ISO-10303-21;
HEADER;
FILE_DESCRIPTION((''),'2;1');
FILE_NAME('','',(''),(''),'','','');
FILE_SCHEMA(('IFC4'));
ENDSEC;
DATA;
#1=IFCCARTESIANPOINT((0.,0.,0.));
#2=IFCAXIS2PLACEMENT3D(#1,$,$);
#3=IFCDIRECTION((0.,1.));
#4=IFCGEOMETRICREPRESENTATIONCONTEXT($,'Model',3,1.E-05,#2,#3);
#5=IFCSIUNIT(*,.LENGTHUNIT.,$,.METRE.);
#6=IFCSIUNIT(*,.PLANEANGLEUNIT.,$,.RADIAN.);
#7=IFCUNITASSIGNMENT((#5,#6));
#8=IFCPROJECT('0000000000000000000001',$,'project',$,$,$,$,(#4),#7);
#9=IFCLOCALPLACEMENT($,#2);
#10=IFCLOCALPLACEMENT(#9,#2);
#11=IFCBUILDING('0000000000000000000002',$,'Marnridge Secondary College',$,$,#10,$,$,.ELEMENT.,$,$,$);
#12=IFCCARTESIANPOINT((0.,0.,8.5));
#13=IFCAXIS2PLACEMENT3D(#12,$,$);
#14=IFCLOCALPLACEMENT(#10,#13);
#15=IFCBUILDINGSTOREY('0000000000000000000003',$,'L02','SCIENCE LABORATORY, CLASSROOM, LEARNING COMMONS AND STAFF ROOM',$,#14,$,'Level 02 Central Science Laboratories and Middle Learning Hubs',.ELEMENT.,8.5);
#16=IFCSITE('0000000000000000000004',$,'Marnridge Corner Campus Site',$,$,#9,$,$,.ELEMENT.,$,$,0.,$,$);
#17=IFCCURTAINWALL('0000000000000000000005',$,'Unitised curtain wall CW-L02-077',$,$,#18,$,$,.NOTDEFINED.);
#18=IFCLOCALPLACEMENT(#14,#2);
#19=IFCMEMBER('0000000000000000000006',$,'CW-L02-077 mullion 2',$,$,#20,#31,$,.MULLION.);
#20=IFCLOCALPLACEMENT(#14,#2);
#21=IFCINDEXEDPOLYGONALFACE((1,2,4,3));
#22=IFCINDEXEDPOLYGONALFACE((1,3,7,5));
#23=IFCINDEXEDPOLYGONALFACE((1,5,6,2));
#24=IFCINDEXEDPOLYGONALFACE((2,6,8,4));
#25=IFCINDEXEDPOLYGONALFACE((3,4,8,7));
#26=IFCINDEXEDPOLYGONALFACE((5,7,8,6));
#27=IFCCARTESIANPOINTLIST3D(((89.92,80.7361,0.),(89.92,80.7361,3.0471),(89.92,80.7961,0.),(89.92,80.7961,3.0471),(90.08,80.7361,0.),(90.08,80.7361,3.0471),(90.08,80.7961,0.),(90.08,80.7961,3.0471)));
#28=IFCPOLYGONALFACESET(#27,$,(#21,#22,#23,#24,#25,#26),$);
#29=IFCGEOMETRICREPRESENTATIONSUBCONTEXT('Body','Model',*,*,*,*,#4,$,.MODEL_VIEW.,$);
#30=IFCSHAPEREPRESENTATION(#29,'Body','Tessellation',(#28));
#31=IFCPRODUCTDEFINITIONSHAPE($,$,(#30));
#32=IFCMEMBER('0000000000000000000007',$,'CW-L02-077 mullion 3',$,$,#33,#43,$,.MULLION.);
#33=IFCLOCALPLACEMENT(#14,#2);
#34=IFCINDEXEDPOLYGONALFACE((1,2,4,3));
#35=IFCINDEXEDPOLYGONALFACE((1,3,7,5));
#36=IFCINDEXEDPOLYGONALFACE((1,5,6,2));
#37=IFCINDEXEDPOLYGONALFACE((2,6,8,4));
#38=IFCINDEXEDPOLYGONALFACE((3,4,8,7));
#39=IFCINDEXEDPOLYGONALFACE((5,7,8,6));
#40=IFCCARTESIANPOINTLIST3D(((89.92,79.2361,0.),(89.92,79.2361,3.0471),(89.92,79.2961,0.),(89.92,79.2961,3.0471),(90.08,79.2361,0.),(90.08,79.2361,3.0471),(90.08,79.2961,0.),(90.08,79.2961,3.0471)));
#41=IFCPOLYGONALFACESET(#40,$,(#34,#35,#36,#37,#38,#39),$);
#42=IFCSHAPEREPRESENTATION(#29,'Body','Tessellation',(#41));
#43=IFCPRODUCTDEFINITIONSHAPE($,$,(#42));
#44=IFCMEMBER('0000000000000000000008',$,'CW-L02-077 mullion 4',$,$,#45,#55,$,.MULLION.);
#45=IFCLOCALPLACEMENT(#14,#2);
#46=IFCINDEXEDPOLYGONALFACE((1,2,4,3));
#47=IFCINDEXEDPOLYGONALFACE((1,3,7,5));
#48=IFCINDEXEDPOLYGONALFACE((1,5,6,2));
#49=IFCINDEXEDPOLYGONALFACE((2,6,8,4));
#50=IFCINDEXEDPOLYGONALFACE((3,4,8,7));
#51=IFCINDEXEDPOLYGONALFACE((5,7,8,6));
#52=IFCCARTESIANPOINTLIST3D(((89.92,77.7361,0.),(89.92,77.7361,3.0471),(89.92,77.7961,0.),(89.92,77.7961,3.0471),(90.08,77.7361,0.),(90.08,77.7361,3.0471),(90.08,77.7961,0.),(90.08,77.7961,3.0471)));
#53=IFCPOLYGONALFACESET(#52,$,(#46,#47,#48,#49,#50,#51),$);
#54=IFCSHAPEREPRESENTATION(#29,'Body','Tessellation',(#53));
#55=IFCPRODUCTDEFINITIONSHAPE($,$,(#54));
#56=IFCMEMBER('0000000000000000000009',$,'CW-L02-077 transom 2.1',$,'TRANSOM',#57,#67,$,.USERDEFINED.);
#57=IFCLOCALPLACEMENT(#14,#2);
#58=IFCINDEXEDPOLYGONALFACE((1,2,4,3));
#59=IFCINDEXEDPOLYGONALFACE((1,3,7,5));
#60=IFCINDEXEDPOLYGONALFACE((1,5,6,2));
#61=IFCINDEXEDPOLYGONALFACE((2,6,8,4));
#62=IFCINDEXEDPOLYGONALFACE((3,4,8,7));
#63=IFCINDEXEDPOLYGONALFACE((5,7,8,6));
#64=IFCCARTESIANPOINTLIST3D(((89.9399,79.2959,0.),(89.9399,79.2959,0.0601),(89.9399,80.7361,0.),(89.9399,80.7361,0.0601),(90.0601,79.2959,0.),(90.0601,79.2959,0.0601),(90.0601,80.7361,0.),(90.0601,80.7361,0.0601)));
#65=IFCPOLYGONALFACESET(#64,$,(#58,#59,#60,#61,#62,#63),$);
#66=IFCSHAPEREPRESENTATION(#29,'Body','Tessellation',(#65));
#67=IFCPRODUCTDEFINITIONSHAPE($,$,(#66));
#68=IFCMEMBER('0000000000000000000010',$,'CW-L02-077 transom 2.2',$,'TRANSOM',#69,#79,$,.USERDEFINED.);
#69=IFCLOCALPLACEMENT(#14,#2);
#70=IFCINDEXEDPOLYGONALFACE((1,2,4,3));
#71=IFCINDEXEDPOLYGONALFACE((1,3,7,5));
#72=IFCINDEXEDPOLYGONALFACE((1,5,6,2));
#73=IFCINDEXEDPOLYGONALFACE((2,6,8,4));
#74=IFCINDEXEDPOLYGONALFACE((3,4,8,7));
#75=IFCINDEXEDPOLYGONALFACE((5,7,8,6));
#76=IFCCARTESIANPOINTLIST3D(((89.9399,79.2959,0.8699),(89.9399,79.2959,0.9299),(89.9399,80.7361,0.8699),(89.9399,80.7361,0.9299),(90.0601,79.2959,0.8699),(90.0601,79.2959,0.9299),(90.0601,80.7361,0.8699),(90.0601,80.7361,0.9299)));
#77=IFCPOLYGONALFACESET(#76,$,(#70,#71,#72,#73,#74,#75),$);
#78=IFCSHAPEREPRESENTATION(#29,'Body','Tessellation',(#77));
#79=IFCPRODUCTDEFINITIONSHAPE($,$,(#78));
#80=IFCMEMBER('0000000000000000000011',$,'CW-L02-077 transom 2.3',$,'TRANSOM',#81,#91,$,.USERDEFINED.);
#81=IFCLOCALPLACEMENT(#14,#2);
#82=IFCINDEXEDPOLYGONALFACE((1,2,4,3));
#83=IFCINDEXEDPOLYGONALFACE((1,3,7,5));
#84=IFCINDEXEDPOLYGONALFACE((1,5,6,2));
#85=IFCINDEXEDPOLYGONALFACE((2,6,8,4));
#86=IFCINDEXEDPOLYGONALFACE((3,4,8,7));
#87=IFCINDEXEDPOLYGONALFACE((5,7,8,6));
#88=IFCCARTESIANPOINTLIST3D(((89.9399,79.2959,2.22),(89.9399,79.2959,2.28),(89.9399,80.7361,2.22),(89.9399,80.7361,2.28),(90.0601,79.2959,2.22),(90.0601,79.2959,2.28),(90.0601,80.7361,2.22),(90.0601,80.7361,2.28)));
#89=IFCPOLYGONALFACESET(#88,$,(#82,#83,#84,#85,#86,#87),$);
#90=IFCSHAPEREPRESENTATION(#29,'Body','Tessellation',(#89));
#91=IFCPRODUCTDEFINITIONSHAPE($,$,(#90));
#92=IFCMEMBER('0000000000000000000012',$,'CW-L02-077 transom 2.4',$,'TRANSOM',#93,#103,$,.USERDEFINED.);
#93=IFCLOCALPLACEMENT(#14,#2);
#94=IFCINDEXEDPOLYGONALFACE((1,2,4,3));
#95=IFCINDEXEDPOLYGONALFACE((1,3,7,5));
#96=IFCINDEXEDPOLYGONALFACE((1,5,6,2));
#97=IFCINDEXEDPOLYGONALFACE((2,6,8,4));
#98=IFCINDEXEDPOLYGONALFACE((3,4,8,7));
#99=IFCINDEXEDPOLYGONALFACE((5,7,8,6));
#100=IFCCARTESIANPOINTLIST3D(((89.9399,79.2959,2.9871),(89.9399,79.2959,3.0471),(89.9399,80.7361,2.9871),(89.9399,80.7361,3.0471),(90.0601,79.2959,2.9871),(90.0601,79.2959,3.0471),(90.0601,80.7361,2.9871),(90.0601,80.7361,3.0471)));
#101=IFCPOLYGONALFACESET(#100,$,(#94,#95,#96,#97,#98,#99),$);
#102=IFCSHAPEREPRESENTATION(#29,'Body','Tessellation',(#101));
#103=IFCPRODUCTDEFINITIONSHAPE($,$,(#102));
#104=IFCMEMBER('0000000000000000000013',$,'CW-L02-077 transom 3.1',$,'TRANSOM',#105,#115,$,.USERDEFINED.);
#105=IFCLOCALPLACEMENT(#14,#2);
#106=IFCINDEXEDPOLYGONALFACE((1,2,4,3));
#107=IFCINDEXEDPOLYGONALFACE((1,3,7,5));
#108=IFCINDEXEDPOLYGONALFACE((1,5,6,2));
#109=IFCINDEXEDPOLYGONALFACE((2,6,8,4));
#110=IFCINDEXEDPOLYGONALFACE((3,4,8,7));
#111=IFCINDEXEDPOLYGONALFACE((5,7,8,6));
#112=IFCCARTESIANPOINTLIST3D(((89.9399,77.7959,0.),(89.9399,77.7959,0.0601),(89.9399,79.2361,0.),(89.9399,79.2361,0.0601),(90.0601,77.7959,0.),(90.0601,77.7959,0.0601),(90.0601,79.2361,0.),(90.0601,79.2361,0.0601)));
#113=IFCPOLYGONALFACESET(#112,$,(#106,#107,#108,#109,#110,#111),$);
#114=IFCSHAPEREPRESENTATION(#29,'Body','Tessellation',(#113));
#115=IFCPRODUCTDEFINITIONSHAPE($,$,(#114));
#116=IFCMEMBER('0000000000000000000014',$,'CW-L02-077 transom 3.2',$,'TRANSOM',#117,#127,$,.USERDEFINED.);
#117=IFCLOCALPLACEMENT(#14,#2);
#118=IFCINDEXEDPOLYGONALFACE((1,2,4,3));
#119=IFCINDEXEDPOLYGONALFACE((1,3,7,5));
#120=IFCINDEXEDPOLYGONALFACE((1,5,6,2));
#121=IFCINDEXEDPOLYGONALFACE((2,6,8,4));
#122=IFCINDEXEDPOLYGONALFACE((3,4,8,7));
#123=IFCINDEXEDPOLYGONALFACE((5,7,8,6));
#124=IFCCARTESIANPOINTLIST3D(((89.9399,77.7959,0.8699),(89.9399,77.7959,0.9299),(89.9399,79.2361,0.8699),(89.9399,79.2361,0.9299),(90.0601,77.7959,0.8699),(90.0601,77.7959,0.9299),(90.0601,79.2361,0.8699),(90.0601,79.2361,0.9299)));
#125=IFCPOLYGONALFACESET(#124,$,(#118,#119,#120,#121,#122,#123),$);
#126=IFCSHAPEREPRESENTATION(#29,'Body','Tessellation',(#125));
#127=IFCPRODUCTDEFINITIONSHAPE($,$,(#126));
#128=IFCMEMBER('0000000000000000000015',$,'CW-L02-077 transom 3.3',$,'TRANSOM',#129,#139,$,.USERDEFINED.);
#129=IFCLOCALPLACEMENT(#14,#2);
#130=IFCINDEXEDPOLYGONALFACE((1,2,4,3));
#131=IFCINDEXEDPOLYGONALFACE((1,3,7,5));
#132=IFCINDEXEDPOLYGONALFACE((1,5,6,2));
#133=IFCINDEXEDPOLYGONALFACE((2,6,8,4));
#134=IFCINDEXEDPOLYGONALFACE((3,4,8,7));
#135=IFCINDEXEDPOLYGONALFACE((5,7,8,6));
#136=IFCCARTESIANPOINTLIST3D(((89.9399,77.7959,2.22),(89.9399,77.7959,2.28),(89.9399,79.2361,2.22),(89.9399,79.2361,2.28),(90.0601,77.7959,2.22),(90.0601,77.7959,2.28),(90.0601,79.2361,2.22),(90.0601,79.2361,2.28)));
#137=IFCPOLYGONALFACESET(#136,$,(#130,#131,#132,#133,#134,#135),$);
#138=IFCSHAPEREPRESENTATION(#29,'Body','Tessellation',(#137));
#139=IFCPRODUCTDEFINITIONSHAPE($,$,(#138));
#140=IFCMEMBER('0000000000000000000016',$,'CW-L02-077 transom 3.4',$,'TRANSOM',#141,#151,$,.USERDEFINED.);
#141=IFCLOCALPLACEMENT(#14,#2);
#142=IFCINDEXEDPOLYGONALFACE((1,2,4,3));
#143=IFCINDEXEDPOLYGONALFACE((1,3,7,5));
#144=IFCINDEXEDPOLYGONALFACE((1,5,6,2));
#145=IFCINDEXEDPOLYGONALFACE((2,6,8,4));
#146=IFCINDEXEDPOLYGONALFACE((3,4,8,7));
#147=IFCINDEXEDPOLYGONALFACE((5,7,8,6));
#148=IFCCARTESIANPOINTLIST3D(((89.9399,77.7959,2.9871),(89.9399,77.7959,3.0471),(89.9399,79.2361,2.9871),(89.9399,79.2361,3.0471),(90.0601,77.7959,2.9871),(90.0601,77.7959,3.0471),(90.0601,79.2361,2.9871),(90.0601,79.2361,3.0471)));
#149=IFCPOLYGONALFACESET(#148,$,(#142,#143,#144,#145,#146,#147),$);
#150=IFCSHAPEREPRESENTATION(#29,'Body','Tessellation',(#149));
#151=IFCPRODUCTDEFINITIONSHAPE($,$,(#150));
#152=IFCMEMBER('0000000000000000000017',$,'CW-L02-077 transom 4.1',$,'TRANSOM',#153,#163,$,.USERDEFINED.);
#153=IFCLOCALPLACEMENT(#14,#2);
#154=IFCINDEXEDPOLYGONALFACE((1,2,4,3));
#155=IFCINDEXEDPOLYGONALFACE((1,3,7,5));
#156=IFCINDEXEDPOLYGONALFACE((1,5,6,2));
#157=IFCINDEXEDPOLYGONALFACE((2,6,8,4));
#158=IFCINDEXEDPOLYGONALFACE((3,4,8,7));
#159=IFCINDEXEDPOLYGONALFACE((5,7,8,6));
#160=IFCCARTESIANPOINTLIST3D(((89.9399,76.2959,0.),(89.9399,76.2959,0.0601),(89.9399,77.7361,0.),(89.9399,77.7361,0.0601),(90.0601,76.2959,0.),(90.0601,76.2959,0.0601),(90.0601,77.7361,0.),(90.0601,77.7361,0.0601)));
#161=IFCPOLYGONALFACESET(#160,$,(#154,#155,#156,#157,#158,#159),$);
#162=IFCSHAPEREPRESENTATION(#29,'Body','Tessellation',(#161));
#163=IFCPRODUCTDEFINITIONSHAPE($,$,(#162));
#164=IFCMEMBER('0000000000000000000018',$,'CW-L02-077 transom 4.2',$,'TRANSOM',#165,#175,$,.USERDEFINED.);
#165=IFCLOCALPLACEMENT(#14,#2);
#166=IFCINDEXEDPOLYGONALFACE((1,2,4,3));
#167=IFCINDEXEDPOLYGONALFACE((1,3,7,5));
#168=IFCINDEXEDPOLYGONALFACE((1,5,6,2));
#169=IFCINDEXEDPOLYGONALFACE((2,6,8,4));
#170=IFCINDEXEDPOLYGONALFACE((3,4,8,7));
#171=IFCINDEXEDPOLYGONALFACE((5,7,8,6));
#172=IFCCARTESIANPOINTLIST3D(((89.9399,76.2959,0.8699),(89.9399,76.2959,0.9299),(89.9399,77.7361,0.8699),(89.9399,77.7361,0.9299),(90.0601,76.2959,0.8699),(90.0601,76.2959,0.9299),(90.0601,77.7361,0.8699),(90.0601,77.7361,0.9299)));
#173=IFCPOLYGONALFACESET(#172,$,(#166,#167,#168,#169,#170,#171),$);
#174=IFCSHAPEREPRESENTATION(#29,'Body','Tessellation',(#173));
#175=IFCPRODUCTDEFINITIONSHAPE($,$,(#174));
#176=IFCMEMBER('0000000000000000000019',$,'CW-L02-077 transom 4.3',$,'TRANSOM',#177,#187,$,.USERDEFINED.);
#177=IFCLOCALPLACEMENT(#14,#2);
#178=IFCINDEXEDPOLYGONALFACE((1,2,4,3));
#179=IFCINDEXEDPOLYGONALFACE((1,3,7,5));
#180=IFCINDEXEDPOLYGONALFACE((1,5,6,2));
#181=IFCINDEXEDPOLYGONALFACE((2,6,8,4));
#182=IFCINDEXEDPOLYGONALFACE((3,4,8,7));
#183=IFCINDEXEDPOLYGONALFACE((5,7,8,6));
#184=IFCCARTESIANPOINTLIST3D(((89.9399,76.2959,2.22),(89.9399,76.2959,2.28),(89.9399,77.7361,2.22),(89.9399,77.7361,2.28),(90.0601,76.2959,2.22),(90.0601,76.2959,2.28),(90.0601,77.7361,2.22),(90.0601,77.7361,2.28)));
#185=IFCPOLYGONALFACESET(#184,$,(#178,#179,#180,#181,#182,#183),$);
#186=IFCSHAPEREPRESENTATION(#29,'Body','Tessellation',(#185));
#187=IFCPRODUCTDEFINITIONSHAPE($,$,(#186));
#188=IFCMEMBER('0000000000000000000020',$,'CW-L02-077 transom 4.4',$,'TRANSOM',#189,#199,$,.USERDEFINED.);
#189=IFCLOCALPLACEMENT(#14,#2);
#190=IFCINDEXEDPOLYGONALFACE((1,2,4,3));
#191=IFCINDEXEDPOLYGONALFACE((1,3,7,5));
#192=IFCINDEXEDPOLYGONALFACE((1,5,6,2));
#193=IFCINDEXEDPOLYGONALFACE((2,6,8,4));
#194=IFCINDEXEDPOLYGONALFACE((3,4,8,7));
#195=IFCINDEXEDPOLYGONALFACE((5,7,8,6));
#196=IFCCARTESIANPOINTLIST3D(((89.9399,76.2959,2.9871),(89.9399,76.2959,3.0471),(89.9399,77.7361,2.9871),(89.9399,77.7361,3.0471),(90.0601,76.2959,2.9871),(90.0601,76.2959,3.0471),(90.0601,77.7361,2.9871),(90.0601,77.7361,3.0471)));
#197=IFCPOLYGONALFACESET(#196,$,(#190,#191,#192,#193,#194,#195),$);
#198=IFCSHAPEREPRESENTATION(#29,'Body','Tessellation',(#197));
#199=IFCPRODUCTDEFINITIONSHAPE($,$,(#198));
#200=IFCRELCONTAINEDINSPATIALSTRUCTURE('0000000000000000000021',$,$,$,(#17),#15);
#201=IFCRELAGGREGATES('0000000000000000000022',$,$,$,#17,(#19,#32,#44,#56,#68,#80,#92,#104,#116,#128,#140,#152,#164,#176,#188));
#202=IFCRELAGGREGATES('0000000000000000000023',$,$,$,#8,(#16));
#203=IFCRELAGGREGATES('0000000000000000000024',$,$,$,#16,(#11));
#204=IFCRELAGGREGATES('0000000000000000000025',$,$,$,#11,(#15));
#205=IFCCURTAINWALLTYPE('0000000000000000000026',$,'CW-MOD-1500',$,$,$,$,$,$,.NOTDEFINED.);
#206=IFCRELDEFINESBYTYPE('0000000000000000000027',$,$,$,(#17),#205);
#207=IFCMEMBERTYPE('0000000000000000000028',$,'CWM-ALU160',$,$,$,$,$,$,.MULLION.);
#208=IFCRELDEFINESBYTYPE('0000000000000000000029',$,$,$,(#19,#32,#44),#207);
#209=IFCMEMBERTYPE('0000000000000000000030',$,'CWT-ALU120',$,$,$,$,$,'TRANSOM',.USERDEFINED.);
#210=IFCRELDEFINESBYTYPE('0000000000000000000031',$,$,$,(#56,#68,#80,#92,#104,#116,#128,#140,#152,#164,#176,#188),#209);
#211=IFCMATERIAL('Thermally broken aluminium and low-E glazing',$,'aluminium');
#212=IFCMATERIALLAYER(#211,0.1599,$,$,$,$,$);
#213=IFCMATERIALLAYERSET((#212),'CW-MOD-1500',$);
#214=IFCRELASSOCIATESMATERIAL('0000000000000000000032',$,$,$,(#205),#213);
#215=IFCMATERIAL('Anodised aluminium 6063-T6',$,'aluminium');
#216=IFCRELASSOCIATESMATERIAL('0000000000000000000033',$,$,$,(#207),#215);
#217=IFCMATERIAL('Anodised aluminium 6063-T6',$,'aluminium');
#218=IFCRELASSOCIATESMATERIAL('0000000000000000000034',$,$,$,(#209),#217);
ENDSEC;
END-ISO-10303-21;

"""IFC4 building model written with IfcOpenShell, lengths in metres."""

from ifc_helpers import new_model, si_unit, direction, frame, origin, origin_2d, place, context, subcontext, project, spatial, rectangle, extrude, material, layer, layer_set, material_profile, profile_set, type_object, element, aggregate, save


model = new_model("IFC4")

# Units and contexts
model_context = context("Model", 3, precision=1e-05, world=origin(), true_north=direction((0.0, 1.0)))
body_context = subcontext(model_context, "Body", "Model", "MODEL_VIEW")
ifc_project = project(units=[si_unit("LENGTHUNIT", "METRE"), si_unit("PLANEANGLEUNIT", "RADIAN")], contexts=[model_context])

# Site, building, storey
site_placement = place(None, origin())
site = spatial("IfcSite", under=ifc_project, at=site_placement, Name="Marnridge Corner Campus Site", CompositionType="ELEMENT", RefElevation=0.0)
building_placement = place(site_placement, origin())
building = spatial("IfcBuilding", under=site, at=building_placement, Name="Marnridge Secondary College", CompositionType="ELEMENT")
storey_placement = place(building_placement, frame((0.0, 0.0, 8.5)))
storey = spatial("IfcBuildingStorey", under=building, at=storey_placement, Name="L02", Description="SCIENCE LABORATORY, CLASSROOM, LEARNING COMMONS AND STAFF ROOM", LongName="Level 02 Central Science Laboratories and Middle Learning Hubs", CompositionType="ELEMENT", Elevation=8.5)

# Curtain wall, members
ifc_material_1 = material(Name="Thermally broken aluminium and low-E glazing", Category="aluminium")
ifc_layer_1 = layer(ifc_material_1, 0.1599)
ifc_layer_set_1 = layer_set([ifc_layer_1], Name="CW-MOD-1500")
curtain_wall_type = type_object("IfcCurtainWallType", Name="CW-MOD-1500", PredefinedType="NOTDEFINED", material=ifc_layer_set_1)
curtain_wall_placement = place(storey_placement, origin())
curtain_wall = element("IfcCurtainWall", 1, at=curtain_wall_placement, inside=storey, type_object=curtain_wall_type, Name="Unitised curtain wall CW-L02-077", PredefinedType="NOTDEFINED")
ifc_material_2 = material(Name="Anodised aluminium 6063-T6", Category="aluminium")
ifc_material_profile_1 = material_profile(ifc_material_2, rectangle(XDim=0.0601, YDim=0.1599, at=origin_2d()), Name="ALU 60x160")
ifc_profile_set_1 = profile_set([ifc_material_profile_1], Name="Anodised aluminium 6063-T6")
member_type_1 = type_object("IfcMemberType", Name="CWM-ALU160", PredefinedType="MULLION", material=ifc_profile_set_1)
member_1_placement = place(storey_placement, frame((90.0, 80.7661, 0.0), z_axis=(0.0, 0.0, 1.0), x_axis=(0.0, -1.0, 0.0)))
member_1 = element("IfcMember", 2, at=member_1_placement, type_object=member_type_1, Name="CW-L02-077 mullion 2", PredefinedType="MULLION", context=body_context, shape_type="SweptSolid", body=[
    extrude(rectangle(XDim=0.0601, YDim=0.1599, at=origin_2d()), origin(), (0.0, 0.0, 1.0), 3.0471),
])
member_2_placement = place(storey_placement, frame((90.0, 79.2661, 0.0), z_axis=(0.0, 0.0, 1.0), x_axis=(0.0, -1.0, 0.0)))
member_2 = element("IfcMember", 3, at=member_2_placement, type_object=member_type_1, Name="CW-L02-077 mullion 3", PredefinedType="MULLION", context=body_context, shape_type="SweptSolid", body=[
    extrude(rectangle(XDim=0.0601, YDim=0.1599, at=origin_2d()), origin(), (0.0, 0.0, 1.0), 3.0471),
])
member_3_placement = place(storey_placement, frame((90.0, 77.7661, 0.0), z_axis=(0.0, 0.0, 1.0), x_axis=(0.0, -1.0, 0.0)))
member_3 = element("IfcMember", 4, at=member_3_placement, type_object=member_type_1, Name="CW-L02-077 mullion 4", PredefinedType="MULLION", context=body_context, shape_type="SweptSolid", body=[
    extrude(rectangle(XDim=0.0601, YDim=0.1599, at=origin_2d()), origin(), (0.0, 0.0, 1.0), 3.0471),
])
ifc_material_3 = material(Name="Anodised aluminium 6063-T6", Category="aluminium")
ifc_material_profile_2 = material_profile(ifc_material_3, rectangle(XDim=0.0601, YDim=0.1201, at=origin_2d()), Name="ALU 60x120")
ifc_profile_set_2 = profile_set([ifc_material_profile_2], Name="Anodised aluminium 6063-T6")
member_type_2 = type_object("IfcMemberType", Name="CWT-ALU120", ElementType="TRANSOM", PredefinedType="USERDEFINED", material=ifc_profile_set_2)
member_4_placement = place(storey_placement, frame((90.0, 80.7361, 0.03), z_axis=(0.0, -1.0, 0.0), x_axis=(0.0, 0.0, 1.0)))
member_4 = element("IfcMember", 5, at=member_4_placement, type_object=member_type_2, Name="CW-L02-077 transom 2.1", ObjectType="TRANSOM", PredefinedType="USERDEFINED", context=body_context, shape_type="SweptSolid", body=[
    extrude(rectangle(XDim=0.0601, YDim=0.1201, at=origin_2d()), origin(), (0.0, 0.0, 1.0), 1.4402),
])
member_5_placement = place(storey_placement, frame((90.0, 80.7361, 0.8999), z_axis=(0.0, -1.0, 0.0), x_axis=(0.0, 0.0, 1.0)))
member_5 = element("IfcMember", 6, at=member_5_placement, type_object=member_type_2, Name="CW-L02-077 transom 2.2", ObjectType="TRANSOM", PredefinedType="USERDEFINED", context=body_context, shape_type="SweptSolid", body=[
    extrude(rectangle(XDim=0.0601, YDim=0.1201, at=origin_2d()), origin(), (0.0, 0.0, 1.0), 1.4402),
])
member_6_placement = place(storey_placement, frame((90.0, 80.7361, 2.25), z_axis=(0.0, -1.0, 0.0), x_axis=(0.0, 0.0, 1.0)))
member_6 = element("IfcMember", 7, at=member_6_placement, type_object=member_type_2, Name="CW-L02-077 transom 2.3", ObjectType="TRANSOM", PredefinedType="USERDEFINED", context=body_context, shape_type="SweptSolid", body=[
    extrude(rectangle(XDim=0.0601, YDim=0.1201, at=origin_2d()), origin(), (0.0, 0.0, 1.0), 1.4402),
])
member_7_placement = place(storey_placement, frame((90.0, 80.7361, 3.0171), z_axis=(0.0, -1.0, 0.0), x_axis=(0.0, 0.0, 1.0)))
member_7 = element("IfcMember", 8, at=member_7_placement, type_object=member_type_2, Name="CW-L02-077 transom 2.4", ObjectType="TRANSOM", PredefinedType="USERDEFINED", context=body_context, shape_type="SweptSolid", body=[
    extrude(rectangle(XDim=0.0601, YDim=0.1201, at=origin_2d()), origin(), (0.0, 0.0, 1.0), 1.4402),
])
member_8_placement = place(storey_placement, frame((90.0, 79.2361, 0.03), z_axis=(0.0, -1.0, 0.0), x_axis=(0.0, 0.0, 1.0)))
member_8 = element("IfcMember", 9, at=member_8_placement, type_object=member_type_2, Name="CW-L02-077 transom 3.1", ObjectType="TRANSOM", PredefinedType="USERDEFINED", context=body_context, shape_type="SweptSolid", body=[
    extrude(rectangle(XDim=0.0601, YDim=0.1201, at=origin_2d()), origin(), (0.0, 0.0, 1.0), 1.4402),
])
member_9_placement = place(storey_placement, frame((90.0, 79.2361, 0.8999), z_axis=(0.0, -1.0, 0.0), x_axis=(0.0, 0.0, 1.0)))
member_9 = element("IfcMember", 10, at=member_9_placement, type_object=member_type_2, Name="CW-L02-077 transom 3.2", ObjectType="TRANSOM", PredefinedType="USERDEFINED", context=body_context, shape_type="SweptSolid", body=[
    extrude(rectangle(XDim=0.0601, YDim=0.1201, at=origin_2d()), origin(), (0.0, 0.0, 1.0), 1.4402),
])
member_10_placement = place(storey_placement, frame((90.0, 79.2361, 2.25), z_axis=(0.0, -1.0, 0.0), x_axis=(0.0, 0.0, 1.0)))
member_10 = element("IfcMember", 11, at=member_10_placement, type_object=member_type_2, Name="CW-L02-077 transom 3.3", ObjectType="TRANSOM", PredefinedType="USERDEFINED", context=body_context, shape_type="SweptSolid", body=[
    extrude(rectangle(XDim=0.0601, YDim=0.1201, at=origin_2d()), origin(), (0.0, 0.0, 1.0), 1.4402),
])
member_11_placement = place(storey_placement, frame((90.0, 79.2361, 3.0171), z_axis=(0.0, -1.0, 0.0), x_axis=(0.0, 0.0, 1.0)))
member_11 = element("IfcMember", 12, at=member_11_placement, type_object=member_type_2, Name="CW-L02-077 transom 3.4", ObjectType="TRANSOM", PredefinedType="USERDEFINED", context=body_context, shape_type="SweptSolid", body=[
    extrude(rectangle(XDim=0.0601, YDim=0.1201, at=origin_2d()), origin(), (0.0, 0.0, 1.0), 1.4402),
])
member_12_placement = place(storey_placement, frame((90.0, 77.7361, 0.03), z_axis=(0.0, -1.0, 0.0), x_axis=(0.0, 0.0, 1.0)))
member_12 = element("IfcMember", 13, at=member_12_placement, type_object=member_type_2, Name="CW-L02-077 transom 4.1", ObjectType="TRANSOM", PredefinedType="USERDEFINED", context=body_context, shape_type="SweptSolid", body=[
    extrude(rectangle(XDim=0.0601, YDim=0.1201, at=origin_2d()), origin(), (0.0, 0.0, 1.0), 1.4402),
])
member_13_placement = place(storey_placement, frame((90.0, 77.7361, 0.8999), z_axis=(0.0, -1.0, 0.0), x_axis=(0.0, 0.0, 1.0)))
member_13 = element("IfcMember", 14, at=member_13_placement, type_object=member_type_2, Name="CW-L02-077 transom 4.2", ObjectType="TRANSOM", PredefinedType="USERDEFINED", context=body_context, shape_type="SweptSolid", body=[
    extrude(rectangle(XDim=0.0601, YDim=0.1201, at=origin_2d()), origin(), (0.0, 0.0, 1.0), 1.4402),
])
member_14_placement = place(storey_placement, frame((90.0, 77.7361, 2.25), z_axis=(0.0, -1.0, 0.0), x_axis=(0.0, 0.0, 1.0)))
member_14 = element("IfcMember", 15, at=member_14_placement, type_object=member_type_2, Name="CW-L02-077 transom 4.3", ObjectType="TRANSOM", PredefinedType="USERDEFINED", context=body_context, shape_type="SweptSolid", body=[
    extrude(rectangle(XDim=0.0601, YDim=0.1201, at=origin_2d()), origin(), (0.0, 0.0, 1.0), 1.4402),
])
member_15_placement = place(storey_placement, frame((90.0, 77.7361, 3.0171), z_axis=(0.0, -1.0, 0.0), x_axis=(0.0, 0.0, 1.0)))
member_15 = element("IfcMember", 16, at=member_15_placement, type_object=member_type_2, Name="CW-L02-077 transom 4.4", ObjectType="TRANSOM", PredefinedType="USERDEFINED", context=body_context, shape_type="SweptSolid", body=[
    extrude(rectangle(XDim=0.0601, YDim=0.1201, at=origin_2d()), origin(), (0.0, 0.0, 1.0), 1.4402),
])
aggregate(curtain_wall, [member_1, member_2, member_3, member_4, member_5, member_6, member_7, member_8, member_9, member_10, member_11, member_12, member_13, member_14, member_15])

save(model, "model.ifc")
